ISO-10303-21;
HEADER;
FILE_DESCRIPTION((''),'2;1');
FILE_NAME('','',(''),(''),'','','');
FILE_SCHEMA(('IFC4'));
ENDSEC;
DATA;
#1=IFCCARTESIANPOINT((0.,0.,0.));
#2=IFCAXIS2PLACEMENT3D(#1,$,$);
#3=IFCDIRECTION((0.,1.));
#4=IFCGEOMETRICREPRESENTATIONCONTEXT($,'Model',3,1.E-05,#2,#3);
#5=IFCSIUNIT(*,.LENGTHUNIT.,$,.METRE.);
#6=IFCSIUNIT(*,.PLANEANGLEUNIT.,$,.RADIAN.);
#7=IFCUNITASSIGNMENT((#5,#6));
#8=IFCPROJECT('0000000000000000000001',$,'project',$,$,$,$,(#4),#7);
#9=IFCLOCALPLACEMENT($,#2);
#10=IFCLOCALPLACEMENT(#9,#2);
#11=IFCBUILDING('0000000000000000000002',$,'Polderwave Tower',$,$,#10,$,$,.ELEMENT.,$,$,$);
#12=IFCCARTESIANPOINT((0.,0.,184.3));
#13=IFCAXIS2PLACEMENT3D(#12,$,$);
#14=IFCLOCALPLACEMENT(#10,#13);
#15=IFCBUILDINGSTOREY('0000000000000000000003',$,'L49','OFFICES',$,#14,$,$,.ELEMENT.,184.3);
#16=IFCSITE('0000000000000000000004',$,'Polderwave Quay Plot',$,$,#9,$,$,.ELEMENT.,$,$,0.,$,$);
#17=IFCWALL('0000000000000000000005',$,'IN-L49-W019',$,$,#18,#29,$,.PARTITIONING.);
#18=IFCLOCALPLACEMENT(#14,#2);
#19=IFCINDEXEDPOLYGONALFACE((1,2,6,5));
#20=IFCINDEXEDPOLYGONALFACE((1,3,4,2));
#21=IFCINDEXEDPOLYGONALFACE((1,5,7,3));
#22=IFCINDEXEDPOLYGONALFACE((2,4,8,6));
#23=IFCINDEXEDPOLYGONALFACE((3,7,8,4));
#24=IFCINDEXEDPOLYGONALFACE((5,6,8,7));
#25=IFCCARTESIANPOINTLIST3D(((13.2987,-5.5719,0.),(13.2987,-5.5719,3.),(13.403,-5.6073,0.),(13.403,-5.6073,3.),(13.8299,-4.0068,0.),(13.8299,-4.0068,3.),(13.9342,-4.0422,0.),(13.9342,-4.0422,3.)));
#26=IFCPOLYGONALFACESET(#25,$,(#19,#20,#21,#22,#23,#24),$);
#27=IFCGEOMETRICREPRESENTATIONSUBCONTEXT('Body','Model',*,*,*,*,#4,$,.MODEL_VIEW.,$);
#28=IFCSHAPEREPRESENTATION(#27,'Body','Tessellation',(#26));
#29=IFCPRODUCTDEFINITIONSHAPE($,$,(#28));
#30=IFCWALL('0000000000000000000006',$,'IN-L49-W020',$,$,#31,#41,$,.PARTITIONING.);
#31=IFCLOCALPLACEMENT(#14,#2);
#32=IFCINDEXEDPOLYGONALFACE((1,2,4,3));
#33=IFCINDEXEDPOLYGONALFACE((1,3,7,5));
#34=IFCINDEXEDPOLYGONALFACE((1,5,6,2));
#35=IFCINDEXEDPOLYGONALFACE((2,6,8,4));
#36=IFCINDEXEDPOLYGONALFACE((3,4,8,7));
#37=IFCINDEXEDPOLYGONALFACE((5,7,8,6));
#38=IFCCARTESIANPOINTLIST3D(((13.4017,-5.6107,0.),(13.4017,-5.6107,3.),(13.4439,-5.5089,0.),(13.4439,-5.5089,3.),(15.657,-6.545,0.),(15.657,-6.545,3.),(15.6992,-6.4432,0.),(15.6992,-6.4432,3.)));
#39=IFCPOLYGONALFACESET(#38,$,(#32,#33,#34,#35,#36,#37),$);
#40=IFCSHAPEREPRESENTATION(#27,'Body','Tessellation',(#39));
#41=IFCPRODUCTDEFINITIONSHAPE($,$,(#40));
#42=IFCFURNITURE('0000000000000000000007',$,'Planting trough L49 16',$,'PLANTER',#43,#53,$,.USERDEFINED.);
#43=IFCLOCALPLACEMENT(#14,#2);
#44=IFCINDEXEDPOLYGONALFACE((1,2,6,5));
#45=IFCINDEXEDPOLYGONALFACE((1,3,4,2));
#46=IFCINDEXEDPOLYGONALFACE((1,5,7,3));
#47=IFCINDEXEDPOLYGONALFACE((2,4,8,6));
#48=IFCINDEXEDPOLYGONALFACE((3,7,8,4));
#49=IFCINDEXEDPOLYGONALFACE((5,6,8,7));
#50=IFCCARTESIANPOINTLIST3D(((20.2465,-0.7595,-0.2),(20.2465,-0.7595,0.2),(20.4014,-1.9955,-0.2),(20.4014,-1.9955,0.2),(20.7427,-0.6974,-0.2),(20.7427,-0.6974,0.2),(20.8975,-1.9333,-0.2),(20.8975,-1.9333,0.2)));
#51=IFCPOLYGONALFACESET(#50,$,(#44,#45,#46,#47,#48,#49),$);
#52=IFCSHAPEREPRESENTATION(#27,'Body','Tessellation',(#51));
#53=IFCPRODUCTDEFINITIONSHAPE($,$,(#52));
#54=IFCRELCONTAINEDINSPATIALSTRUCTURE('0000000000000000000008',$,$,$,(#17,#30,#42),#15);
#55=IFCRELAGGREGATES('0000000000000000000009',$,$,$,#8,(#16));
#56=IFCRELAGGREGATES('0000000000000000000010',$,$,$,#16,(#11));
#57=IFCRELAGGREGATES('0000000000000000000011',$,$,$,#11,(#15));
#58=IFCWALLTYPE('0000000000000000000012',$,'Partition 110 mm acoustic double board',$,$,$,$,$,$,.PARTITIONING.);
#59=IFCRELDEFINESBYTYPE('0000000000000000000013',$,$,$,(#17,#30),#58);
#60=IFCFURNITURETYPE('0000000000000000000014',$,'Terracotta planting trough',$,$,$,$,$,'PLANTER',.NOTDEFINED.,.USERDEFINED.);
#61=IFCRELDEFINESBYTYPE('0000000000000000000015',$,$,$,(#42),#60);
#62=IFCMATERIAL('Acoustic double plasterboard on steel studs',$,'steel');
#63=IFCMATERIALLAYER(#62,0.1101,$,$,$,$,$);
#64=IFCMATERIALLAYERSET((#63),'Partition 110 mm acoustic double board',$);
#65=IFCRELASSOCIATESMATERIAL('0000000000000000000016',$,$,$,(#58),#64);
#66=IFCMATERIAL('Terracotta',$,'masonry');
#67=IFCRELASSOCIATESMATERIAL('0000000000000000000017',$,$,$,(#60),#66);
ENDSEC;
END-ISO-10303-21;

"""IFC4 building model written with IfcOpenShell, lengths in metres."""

from ifc_helpers import new_model, si_unit, direction, frame, frame_2d, origin, origin_2d, place, context, subcontext, project, spatial, rectangle, extrude, material, layer, layer_set, type_object, element, save


model = new_model("IFC4")

# Units and contexts
model_context = context("Model", 3, precision=1e-05, world=origin(), true_north=direction((0.0, 1.0)))
body_context = subcontext(model_context, "Body", "Model", "MODEL_VIEW")
ifc_project = project(units=[si_unit("LENGTHUNIT", "METRE"), si_unit("PLANEANGLEUNIT", "RADIAN")], contexts=[model_context])

# Site, building, storey
site_placement = place(None, origin())
site = spatial("IfcSite", under=ifc_project, at=site_placement, Name="Polderwave Quay Plot", CompositionType="ELEMENT", RefElevation=0.0)
building_placement = place(site_placement, origin())
building = spatial("IfcBuilding", under=site, at=building_placement, Name="Polderwave Tower", CompositionType="ELEMENT")
storey_placement = place(building_placement, frame((0.0, 0.0, 184.3)))
storey = spatial("IfcBuildingStorey", under=building, at=storey_placement, Name="L49", Description="OFFICES", CompositionType="ELEMENT", Elevation=184.3)

# Walls
ifc_material_1 = material(Name="Acoustic double plasterboard on steel studs", Category="steel")
ifc_layer_1 = layer(ifc_material_1, 0.1101)
ifc_layer_set_1 = layer_set([ifc_layer_1], Name="Partition 110 mm acoustic double board")
wall_type_1 = type_object("IfcWallType", Name="Partition 110 mm acoustic double board", PredefinedType="PARTITIONING", material=ifc_layer_set_1)
wall_1_placement = place(storey_placement, frame((13.3508, -5.5896, 0.0), z_axis=(0.0, 0.0, 1.0), x_axis=(0.321408, 0.946941, 0.0)))
element("IfcWall", 1, at=wall_1_placement, inside=storey, type_object=wall_type_1, Name="IN-L49-W019", PredefinedType="PARTITIONING", context=body_context, shape_type="SweptSolid", body=[
    extrude(rectangle(XDim=1.6528, YDim=0.1101, at=frame_2d((0.8264, 0.0))), origin(), (0.0, 0.0, 1.0), 3.0),
])
wall_2_placement = place(storey_placement, frame((15.6782, -6.4941, 0.0), z_axis=(0.0, 0.0, 1.0), x_axis=(-0.923862, 0.382726, 0.0)))
element("IfcWall", 2, at=wall_2_placement, inside=storey, type_object=wall_type_1, Name="IN-L49-W020", PredefinedType="PARTITIONING", context=body_context, shape_type="SweptSolid", body=[
    extrude(rectangle(XDim=2.4412, YDim=0.1101, at=frame_2d((1.2207, 0.0))), origin(), (0.0, 0.0, 1.0), 3.0),
])

# Furniture
ifc_material_2 = material(Name="Terracotta", Category="masonry")
furniture_type = type_object("IfcFurnitureType", Name="Terracotta planting trough", ElementType="PLANTER", AssemblyPlace="NOTDEFINED", PredefinedType="USERDEFINED", material=ifc_material_2)
furniture_placement = place(storey_placement, frame((20.572, -1.3464, -0.2), z_axis=(0.0, 0.0, 1.0), x_axis=(-0.124318, 0.992242, 0.0)))
element("IfcFurniture", 3, at=furniture_placement, inside=storey, type_object=furniture_type, Name="Planting trough L49 16", ObjectType="PLANTER", PredefinedType="USERDEFINED", context=body_context, shape_type="SweptSolid", body=[
    extrude(rectangle(XDim=1.2456, YDim=0.5, at=origin_2d()), origin(), (0.0, 0.0, 1.0), 0.3999),
])

save(model, "model.ifc")
